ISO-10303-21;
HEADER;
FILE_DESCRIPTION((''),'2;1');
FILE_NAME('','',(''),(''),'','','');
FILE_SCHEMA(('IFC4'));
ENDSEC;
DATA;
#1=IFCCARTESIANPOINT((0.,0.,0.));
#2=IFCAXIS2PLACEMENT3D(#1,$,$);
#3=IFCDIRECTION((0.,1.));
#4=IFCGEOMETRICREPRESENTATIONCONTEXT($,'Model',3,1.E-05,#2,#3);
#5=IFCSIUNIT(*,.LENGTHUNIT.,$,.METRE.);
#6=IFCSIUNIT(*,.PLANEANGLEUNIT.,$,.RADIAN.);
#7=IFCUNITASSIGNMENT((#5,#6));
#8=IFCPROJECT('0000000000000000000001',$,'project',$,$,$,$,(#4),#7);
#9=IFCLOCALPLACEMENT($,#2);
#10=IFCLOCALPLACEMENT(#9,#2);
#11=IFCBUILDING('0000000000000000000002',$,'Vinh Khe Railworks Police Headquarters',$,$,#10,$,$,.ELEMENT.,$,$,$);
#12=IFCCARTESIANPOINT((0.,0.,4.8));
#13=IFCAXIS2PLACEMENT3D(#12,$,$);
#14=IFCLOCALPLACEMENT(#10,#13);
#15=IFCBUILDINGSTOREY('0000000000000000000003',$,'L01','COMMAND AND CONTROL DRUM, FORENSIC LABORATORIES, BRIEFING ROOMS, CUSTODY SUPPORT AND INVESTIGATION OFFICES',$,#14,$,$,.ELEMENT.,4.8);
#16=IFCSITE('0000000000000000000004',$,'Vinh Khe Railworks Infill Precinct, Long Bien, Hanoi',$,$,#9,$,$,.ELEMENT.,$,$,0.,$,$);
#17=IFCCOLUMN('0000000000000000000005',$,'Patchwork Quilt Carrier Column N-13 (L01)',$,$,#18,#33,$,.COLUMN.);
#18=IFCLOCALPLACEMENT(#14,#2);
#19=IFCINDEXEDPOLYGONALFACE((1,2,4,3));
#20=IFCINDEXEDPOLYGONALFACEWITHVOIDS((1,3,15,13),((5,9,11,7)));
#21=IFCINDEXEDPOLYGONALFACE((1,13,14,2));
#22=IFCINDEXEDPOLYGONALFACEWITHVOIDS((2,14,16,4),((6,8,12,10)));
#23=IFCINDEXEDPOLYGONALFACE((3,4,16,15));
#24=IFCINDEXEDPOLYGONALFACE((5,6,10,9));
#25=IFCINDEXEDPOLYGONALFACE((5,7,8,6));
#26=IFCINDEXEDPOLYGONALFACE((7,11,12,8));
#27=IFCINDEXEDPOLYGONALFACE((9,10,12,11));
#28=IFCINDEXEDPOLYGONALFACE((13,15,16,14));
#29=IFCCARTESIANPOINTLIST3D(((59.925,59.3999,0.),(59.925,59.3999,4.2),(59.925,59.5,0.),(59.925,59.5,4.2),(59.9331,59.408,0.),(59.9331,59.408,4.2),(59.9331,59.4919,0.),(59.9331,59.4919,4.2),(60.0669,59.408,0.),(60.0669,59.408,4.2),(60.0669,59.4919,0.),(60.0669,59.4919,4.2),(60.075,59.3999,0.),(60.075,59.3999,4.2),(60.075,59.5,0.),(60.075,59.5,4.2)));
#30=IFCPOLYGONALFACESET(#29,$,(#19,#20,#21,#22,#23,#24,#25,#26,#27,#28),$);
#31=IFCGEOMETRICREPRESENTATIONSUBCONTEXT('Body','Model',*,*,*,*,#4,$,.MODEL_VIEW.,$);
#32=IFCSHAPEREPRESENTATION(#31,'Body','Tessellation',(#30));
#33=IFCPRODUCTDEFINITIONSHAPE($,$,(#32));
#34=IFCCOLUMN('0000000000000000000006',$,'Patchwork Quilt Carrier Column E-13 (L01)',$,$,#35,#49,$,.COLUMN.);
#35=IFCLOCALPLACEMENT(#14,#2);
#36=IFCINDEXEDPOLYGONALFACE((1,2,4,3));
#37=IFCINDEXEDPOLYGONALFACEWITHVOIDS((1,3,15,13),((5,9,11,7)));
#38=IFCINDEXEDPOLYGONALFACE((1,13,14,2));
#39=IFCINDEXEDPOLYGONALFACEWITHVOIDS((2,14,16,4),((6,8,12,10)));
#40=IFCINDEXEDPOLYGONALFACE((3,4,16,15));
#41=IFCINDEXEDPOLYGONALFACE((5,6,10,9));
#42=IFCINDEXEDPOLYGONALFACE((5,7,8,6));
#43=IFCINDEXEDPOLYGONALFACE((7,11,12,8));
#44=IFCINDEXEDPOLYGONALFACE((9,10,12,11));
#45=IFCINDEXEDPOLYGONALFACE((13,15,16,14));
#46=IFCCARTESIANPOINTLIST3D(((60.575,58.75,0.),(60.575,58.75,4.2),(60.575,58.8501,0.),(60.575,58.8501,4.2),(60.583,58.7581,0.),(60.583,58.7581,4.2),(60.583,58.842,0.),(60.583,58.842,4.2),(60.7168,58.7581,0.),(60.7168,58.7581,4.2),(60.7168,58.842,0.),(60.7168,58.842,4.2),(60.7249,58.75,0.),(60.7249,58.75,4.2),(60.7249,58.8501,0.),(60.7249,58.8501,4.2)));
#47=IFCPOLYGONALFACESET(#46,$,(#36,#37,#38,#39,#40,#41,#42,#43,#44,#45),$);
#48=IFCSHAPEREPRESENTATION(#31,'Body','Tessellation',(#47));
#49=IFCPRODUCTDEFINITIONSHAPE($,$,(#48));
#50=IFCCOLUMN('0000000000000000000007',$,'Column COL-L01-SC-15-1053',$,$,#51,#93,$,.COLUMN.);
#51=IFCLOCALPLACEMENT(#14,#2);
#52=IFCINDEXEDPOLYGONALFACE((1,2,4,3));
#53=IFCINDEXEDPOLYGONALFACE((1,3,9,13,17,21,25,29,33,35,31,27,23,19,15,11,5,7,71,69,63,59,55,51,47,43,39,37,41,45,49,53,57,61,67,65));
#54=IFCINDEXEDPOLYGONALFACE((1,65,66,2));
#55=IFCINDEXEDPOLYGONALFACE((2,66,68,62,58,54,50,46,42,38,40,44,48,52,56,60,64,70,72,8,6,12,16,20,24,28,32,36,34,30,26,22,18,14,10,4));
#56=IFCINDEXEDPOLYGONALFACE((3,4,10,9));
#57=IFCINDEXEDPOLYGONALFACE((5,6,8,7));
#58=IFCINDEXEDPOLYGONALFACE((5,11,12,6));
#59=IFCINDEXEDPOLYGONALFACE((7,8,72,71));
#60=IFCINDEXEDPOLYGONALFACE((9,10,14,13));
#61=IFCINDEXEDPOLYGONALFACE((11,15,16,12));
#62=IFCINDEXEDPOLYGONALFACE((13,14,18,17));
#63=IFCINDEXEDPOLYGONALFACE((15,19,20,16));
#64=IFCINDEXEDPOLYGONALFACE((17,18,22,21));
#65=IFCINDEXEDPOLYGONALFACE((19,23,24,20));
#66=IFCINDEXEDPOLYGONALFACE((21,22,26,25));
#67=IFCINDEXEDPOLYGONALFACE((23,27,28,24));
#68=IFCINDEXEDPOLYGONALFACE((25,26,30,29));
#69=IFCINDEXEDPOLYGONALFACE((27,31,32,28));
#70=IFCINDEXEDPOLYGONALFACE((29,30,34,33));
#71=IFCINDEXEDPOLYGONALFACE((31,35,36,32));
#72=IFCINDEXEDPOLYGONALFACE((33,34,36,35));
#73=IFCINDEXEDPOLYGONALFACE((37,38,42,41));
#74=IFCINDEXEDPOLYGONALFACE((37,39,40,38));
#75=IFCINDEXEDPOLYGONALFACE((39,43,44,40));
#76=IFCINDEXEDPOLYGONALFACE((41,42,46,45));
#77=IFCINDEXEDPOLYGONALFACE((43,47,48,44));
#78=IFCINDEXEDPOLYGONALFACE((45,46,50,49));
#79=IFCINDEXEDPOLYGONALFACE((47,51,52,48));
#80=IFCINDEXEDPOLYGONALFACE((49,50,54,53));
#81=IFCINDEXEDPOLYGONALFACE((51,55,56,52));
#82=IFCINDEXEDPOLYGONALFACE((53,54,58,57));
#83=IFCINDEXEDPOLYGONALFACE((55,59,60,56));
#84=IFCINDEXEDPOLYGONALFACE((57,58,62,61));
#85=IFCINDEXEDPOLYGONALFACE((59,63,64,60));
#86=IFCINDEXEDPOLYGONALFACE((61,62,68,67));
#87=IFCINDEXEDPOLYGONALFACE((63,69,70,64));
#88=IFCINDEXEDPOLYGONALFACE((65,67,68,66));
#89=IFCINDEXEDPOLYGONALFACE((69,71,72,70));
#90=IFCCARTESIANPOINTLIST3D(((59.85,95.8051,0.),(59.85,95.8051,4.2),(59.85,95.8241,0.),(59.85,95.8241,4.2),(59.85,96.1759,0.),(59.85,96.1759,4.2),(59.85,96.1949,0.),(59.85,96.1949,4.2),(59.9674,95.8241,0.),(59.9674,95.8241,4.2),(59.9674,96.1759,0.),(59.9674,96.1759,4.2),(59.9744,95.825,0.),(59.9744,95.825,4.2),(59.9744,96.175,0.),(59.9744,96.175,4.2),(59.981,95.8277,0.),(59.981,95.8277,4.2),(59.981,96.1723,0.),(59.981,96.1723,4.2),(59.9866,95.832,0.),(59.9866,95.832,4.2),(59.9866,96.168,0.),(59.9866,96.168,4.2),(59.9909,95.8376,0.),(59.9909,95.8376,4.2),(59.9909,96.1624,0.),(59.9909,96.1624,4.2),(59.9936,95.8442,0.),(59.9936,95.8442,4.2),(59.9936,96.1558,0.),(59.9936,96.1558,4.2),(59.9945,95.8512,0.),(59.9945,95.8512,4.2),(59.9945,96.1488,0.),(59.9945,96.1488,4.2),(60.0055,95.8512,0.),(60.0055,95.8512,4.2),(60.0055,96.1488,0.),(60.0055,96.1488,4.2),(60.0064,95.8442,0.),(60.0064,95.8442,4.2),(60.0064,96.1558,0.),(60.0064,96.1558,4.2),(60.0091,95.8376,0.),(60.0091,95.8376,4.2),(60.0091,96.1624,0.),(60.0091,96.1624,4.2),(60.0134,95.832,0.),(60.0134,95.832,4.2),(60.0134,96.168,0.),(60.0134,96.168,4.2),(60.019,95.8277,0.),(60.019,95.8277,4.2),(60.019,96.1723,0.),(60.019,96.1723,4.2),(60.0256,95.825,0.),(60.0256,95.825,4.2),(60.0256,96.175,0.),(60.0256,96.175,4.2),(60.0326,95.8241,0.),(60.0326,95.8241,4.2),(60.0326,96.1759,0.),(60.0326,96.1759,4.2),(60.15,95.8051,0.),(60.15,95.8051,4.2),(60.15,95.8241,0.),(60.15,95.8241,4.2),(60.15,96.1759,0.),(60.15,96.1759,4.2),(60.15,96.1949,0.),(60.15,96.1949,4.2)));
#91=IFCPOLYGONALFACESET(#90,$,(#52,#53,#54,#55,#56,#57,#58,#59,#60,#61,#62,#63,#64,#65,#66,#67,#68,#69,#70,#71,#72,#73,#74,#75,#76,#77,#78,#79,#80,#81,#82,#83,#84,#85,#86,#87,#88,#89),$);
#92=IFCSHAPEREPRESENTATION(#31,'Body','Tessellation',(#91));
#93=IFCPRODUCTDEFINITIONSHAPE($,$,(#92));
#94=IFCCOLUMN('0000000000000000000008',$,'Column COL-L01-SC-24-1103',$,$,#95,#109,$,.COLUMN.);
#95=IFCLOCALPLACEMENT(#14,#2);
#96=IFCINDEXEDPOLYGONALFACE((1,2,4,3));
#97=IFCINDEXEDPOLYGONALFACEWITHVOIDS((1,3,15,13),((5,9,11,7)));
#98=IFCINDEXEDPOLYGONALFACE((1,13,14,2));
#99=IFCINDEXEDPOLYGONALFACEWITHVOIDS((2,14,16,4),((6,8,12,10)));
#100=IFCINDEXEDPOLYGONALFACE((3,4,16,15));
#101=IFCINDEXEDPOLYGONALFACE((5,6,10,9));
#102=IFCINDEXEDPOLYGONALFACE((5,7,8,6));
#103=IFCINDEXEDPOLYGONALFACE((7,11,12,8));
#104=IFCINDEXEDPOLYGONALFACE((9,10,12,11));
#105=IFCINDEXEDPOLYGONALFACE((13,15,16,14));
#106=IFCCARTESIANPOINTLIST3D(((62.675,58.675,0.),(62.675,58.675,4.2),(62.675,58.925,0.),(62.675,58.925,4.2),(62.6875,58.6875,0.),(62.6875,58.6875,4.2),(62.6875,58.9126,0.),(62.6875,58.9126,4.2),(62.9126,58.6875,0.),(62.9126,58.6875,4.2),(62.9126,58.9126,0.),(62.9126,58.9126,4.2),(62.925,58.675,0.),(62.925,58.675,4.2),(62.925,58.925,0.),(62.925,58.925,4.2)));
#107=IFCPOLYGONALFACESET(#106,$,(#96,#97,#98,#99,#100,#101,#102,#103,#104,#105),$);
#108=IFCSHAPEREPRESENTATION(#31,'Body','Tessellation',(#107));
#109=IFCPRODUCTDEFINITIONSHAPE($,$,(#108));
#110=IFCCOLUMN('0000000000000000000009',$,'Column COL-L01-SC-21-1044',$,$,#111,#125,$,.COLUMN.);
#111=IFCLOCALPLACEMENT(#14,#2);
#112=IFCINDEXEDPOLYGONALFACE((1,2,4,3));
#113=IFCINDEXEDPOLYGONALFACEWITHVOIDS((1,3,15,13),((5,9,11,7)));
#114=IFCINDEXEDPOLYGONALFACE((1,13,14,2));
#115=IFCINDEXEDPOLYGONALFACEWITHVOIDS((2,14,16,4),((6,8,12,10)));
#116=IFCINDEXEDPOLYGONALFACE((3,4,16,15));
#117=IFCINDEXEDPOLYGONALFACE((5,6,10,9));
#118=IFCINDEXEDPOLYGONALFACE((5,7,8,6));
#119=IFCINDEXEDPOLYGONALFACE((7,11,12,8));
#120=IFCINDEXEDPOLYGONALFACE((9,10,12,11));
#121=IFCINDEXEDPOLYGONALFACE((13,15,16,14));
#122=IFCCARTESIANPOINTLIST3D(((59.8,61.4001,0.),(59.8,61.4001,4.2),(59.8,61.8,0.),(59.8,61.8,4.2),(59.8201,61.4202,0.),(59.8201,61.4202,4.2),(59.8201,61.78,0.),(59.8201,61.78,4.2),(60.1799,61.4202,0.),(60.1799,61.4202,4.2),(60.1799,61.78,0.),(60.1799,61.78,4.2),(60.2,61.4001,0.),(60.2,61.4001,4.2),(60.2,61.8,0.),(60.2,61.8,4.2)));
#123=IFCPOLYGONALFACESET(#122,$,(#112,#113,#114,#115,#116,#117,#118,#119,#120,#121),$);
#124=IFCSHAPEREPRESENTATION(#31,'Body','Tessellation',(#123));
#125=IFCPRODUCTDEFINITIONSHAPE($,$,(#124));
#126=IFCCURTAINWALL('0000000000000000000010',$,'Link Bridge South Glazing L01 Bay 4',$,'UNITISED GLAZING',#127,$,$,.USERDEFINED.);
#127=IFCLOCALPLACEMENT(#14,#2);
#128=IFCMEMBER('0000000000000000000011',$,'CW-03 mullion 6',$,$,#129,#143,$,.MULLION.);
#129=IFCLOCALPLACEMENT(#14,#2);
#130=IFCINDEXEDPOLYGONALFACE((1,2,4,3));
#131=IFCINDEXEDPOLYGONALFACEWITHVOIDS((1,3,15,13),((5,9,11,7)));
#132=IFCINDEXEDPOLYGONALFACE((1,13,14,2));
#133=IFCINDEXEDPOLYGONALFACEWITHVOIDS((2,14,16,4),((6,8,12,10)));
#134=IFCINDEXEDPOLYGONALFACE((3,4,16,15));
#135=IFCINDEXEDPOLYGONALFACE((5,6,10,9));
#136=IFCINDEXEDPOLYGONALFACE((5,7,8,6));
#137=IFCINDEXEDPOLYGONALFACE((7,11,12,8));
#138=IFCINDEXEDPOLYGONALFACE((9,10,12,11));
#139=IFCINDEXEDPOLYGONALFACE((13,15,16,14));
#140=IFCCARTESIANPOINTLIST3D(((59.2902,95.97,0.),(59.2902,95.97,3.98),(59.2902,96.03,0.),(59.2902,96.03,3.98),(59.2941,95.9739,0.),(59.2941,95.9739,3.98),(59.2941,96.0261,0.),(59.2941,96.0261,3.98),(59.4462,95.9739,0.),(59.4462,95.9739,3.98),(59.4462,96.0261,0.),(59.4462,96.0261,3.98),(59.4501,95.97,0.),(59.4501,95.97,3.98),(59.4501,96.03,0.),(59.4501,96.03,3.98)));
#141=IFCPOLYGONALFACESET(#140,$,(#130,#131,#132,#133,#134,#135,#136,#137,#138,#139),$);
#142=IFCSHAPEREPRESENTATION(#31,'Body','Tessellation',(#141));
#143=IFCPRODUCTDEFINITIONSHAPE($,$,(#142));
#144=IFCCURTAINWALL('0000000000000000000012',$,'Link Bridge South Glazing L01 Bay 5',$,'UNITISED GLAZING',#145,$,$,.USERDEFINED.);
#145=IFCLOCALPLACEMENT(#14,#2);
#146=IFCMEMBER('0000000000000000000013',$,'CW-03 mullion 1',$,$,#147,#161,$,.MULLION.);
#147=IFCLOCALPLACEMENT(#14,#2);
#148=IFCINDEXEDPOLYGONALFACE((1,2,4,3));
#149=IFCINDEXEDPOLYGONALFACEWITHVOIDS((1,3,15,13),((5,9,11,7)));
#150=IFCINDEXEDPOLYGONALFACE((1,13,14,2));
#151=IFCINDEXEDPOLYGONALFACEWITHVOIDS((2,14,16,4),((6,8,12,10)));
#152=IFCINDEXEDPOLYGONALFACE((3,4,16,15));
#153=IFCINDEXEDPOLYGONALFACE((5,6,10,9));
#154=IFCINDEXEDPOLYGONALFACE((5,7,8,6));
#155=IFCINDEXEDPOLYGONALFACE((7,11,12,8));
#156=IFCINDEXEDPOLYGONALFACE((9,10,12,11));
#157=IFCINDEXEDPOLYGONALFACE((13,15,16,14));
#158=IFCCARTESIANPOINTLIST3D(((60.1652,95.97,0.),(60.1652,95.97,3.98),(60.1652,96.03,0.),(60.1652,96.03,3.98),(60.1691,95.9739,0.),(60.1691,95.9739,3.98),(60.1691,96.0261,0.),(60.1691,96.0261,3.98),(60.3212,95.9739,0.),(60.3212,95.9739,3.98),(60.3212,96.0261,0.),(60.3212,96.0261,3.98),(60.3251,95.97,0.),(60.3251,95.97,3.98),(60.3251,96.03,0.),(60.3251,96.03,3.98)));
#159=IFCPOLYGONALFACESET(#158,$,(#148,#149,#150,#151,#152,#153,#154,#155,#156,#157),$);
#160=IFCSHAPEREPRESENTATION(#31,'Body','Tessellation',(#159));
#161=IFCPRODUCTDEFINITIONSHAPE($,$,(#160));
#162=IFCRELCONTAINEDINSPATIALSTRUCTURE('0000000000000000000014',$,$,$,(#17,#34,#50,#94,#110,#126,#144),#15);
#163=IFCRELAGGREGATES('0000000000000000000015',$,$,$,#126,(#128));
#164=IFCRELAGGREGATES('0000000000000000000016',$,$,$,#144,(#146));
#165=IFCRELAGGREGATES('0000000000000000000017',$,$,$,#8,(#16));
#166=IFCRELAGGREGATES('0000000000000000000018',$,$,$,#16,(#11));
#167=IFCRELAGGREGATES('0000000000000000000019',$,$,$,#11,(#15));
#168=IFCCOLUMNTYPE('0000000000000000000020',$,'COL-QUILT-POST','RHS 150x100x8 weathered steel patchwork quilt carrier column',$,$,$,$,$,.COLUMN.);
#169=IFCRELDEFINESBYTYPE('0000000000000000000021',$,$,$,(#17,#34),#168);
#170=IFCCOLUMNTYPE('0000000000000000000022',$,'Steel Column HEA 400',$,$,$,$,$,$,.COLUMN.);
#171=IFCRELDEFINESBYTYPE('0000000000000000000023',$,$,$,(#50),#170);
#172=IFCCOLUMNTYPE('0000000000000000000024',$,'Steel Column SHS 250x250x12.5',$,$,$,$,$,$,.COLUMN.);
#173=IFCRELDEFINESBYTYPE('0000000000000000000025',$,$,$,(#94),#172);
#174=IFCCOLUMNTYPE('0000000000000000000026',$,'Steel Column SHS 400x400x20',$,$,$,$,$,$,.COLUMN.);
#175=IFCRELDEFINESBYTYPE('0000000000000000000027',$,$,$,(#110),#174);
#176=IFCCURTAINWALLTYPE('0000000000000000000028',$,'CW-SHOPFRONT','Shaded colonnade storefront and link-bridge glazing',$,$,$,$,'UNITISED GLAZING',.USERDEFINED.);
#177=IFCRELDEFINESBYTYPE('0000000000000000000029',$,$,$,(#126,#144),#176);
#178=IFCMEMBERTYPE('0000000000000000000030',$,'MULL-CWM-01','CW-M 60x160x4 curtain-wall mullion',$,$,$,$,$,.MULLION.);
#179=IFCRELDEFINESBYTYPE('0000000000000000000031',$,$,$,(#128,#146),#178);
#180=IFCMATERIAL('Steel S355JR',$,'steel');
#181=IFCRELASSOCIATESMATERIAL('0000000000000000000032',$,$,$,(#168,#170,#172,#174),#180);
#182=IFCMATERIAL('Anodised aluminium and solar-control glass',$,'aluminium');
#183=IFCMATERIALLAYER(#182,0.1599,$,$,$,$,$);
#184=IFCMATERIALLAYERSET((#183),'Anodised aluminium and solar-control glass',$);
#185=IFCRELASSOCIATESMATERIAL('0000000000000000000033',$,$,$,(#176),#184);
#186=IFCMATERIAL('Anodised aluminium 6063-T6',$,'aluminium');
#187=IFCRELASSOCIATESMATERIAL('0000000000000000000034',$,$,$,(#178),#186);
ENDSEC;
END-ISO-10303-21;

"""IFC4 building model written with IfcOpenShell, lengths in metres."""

from ifc_helpers import new_model, si_unit, direction, frame, origin, origin_2d, place, context, subcontext, project, spatial, hollow_rectangle, i_section, extrude, material, layer, layer_set, material_profile, profile_set, type_object, element, aggregate, save


model = new_model("IFC4")

# Units and contexts
model_context = context("Model", 3, precision=1e-05, world=origin(), true_north=direction((0.0, 1.0)))
body_context = subcontext(model_context, "Body", "Model", "MODEL_VIEW")
ifc_project = project(units=[si_unit("LENGTHUNIT", "METRE"), si_unit("PLANEANGLEUNIT", "RADIAN")], contexts=[model_context])

# Site, building, storey
site_placement = place(None, origin())
site = spatial("IfcSite", under=ifc_project, at=site_placement, Name="Vinh Khe Railworks Infill Precinct, Long Bien, Hanoi", CompositionType="ELEMENT", RefElevation=0.0)
building_placement = place(site_placement, origin())
building = spatial("IfcBuilding", under=site, at=building_placement, Name="Vinh Khe Railworks Police Headquarters", CompositionType="ELEMENT")
storey_placement = place(building_placement, frame((0.0, 0.0, 4.8)))
storey = spatial("IfcBuildingStorey", under=building, at=storey_placement, Name="L01", Description="COMMAND AND CONTROL DRUM, FORENSIC LABORATORIES, BRIEFING ROOMS, CUSTODY SUPPORT AND INVESTIGATION OFFICES", CompositionType="ELEMENT", Elevation=4.8)

# Columns
ifc_material_1 = material(Name="Steel S355JR", Category="steel")
ifc_material_profile_1 = material_profile(ifc_material_1, hollow_rectangle(XDim=0.1499, YDim=0.1001, WallThickness=0.0081, at=origin_2d()), Name="RHS 150x100x8")
ifc_profile_set_1 = profile_set([ifc_material_profile_1], Name="Steel S355JR")
column_type_1 = type_object("IfcColumnType", Name="COL-QUILT-POST", Description="RHS 150x100x8 weathered steel patchwork quilt carrier column", PredefinedType="COLUMN", material=ifc_profile_set_1)
for number, where, z_axis, x_axis, name in (
    (1, (60.0, 59.45, 0.0), (0.0, 0.0, 1.0), (1.0, 0.0, 0.0), "Patchwork Quilt Carrier Column N-13 (L01)"),
    (2, (60.6499, 58.8, 0.0), (0.0, 0.0, 1.0), (1.0, 0.0, 0.0), "Patchwork Quilt Carrier Column E-13 (L01)"),
):
    element("IfcColumn", number, at=place(storey_placement, frame(where, z_axis=z_axis, x_axis=x_axis)), inside=storey, type_object=column_type_1, Name=name, PredefinedType="COLUMN", context=body_context, shape_type="SweptSolid", body=[
        extrude(hollow_rectangle(XDim=0.1499, YDim=0.1001, WallThickness=0.0081, at=origin_2d()), origin(), (0.0, 0.0, 1.0), 4.2),
    ])
ifc_material_profile_2 = material_profile(ifc_material_1, i_section(OverallWidth=0.3, OverallDepth=0.3899, WebThickness=0.011, FlangeThickness=0.019, FilletRadius=0.0271, at=origin_2d()), Name="HEA 400")
ifc_profile_set_2 = profile_set([ifc_material_profile_2], Name="Steel S355JR")
column_type_2 = type_object("IfcColumnType", Name="Steel Column HEA 400", PredefinedType="COLUMN", material=ifc_profile_set_2)
column_1_placement = place(storey_placement, frame((60.0, 96.0, 0.0), z_axis=(0.0, 0.0, 1.0), x_axis=(1.0, 0.0, 0.0)))
element("IfcColumn", 3, at=column_1_placement, inside=storey, type_object=column_type_2, Name="Column COL-L01-SC-15-1053", PredefinedType="COLUMN", context=body_context, shape_type="SweptSolid", body=[
    extrude(i_section(OverallWidth=0.3, OverallDepth=0.3899, WebThickness=0.011, FlangeThickness=0.019, FilletRadius=0.0271, at=origin_2d()), origin(), (0.0, 0.0, 1.0), 4.2),
])
ifc_material_profile_3 = material_profile(ifc_material_1, hollow_rectangle(XDim=0.25, YDim=0.25, WallThickness=0.0125, at=origin_2d()), Name="SHS 250x250x12.5")
ifc_profile_set_3 = profile_set([ifc_material_profile_3], Name="Steel S355JR")
column_type_3 = type_object("IfcColumnType", Name="Steel Column SHS 250x250x12.5", PredefinedType="COLUMN", material=ifc_profile_set_3)
column_2_placement = place(storey_placement, frame((62.8, 58.8, 0.0), z_axis=(0.0, 0.0, 1.0), x_axis=(1.0, 0.0, 0.0)))
element("IfcColumn", 4, at=column_2_placement, inside=storey, type_object=column_type_3, Name="Column COL-L01-SC-24-1103", PredefinedType="COLUMN", context=body_context, shape_type="SweptSolid", body=[
    extrude(hollow_rectangle(XDim=0.25, YDim=0.25, WallThickness=0.0125, at=origin_2d()), origin(), (0.0, 0.0, 1.0), 4.2),
])
ifc_material_profile_4 = material_profile(ifc_material_1, hollow_rectangle(XDim=0.3999, YDim=0.3999, WallThickness=0.02, at=origin_2d()), Name="SHS 400x400x20")
ifc_profile_set_4 = profile_set([ifc_material_profile_4], Name="Steel S355JR")
column_type_4 = type_object("IfcColumnType", Name="Steel Column SHS 400x400x20", PredefinedType="COLUMN", material=ifc_profile_set_4)
column_3_placement = place(storey_placement, frame((60.0, 61.6001, 0.0), z_axis=(0.0, 0.0, 1.0), x_axis=(1.0, 0.0, 0.0)))
element("IfcColumn", 5, at=column_3_placement, inside=storey, type_object=column_type_4, Name="Column COL-L01-SC-21-1044", PredefinedType="COLUMN", context=body_context, shape_type="SweptSolid", body=[
    extrude(hollow_rectangle(XDim=0.3999, YDim=0.3999, WallThickness=0.02, at=origin_2d()), origin(), (0.0, 0.0, 1.0), 4.2),
])

# Curtain walls, members
ifc_material_2 = material(Name="Anodised aluminium and solar-control glass", Category="aluminium")
ifc_layer_1 = layer(ifc_material_2, 0.1599)
ifc_layer_set_1 = layer_set([ifc_layer_1], Name="Anodised aluminium and solar-control glass")
curtain_wall_type = type_object("IfcCurtainWallType", Name="CW-SHOPFRONT", Description="Shaded colonnade storefront and link-bridge glazing", ElementType="UNITISED GLAZING", PredefinedType="USERDEFINED", material=ifc_layer_set_1)
curtain_wall_1_placement = place(storey_placement, origin())
curtain_wall_1 = element("IfcCurtainWall", 6, at=curtain_wall_1_placement, inside=storey, type_object=curtain_wall_type, Name="Link Bridge South Glazing L01 Bay 4", ObjectType="UNITISED GLAZING", PredefinedType="USERDEFINED")
ifc_material_3 = material(Name="Anodised aluminium 6063-T6", Category="aluminium")
ifc_material_profile_5 = material_profile(ifc_material_3, hollow_rectangle(XDim=0.0601, YDim=0.1599, WallThickness=0.0039, at=origin_2d()), Name="CW-M 60x160x4")
ifc_profile_set_5 = profile_set([ifc_material_profile_5], Name="Anodised aluminium 6063-T6")
member_type_1 = type_object("IfcMemberType", Name="MULL-CWM-01", Description="CW-M 60x160x4 curtain-wall mullion", PredefinedType="MULLION", material=ifc_profile_set_5)
member_1_placement = place(storey_placement, frame((59.3701, 96.0, 0.0), z_axis=(0.0, 0.0, 1.0), x_axis=(0.0, 1.0, 0.0)))
member_1 = element("IfcMember", 7, at=member_1_placement, type_object=member_type_1, Name="CW-03 mullion 6", PredefinedType="MULLION", context=body_context, shape_type="SweptSolid", body=[
    extrude(hollow_rectangle(XDim=0.0601, YDim=0.1599, WallThickness=0.0039, at=origin_2d()), origin(), (0.0, 0.0, 1.0), 3.98),
])
aggregate(curtain_wall_1, [member_1])
curtain_wall_2_placement = place(storey_placement, origin())
curtain_wall_2 = element("IfcCurtainWall", 8, at=curtain_wall_2_placement, inside=storey, type_object=curtain_wall_type, Name="Link Bridge South Glazing L01 Bay 5", ObjectType="UNITISED GLAZING", PredefinedType="USERDEFINED")
member_2_placement = place(storey_placement, frame((60.2451, 96.0, 0.0), z_axis=(0.0, 0.0, 1.0), x_axis=(0.0, 1.0, 0.0)))
member_2 = element("IfcMember", 9, at=member_2_placement, type_object=member_type_1, Name="CW-03 mullion 1", PredefinedType="MULLION", context=body_context, shape_type="SweptSolid", body=[
    extrude(hollow_rectangle(XDim=0.0601, YDim=0.1599, WallThickness=0.0039, at=origin_2d()), origin(), (0.0, 0.0, 1.0), 3.98),
])

aggregate(curtain_wall_2, [member_2])

save(model, "model.ifc")
